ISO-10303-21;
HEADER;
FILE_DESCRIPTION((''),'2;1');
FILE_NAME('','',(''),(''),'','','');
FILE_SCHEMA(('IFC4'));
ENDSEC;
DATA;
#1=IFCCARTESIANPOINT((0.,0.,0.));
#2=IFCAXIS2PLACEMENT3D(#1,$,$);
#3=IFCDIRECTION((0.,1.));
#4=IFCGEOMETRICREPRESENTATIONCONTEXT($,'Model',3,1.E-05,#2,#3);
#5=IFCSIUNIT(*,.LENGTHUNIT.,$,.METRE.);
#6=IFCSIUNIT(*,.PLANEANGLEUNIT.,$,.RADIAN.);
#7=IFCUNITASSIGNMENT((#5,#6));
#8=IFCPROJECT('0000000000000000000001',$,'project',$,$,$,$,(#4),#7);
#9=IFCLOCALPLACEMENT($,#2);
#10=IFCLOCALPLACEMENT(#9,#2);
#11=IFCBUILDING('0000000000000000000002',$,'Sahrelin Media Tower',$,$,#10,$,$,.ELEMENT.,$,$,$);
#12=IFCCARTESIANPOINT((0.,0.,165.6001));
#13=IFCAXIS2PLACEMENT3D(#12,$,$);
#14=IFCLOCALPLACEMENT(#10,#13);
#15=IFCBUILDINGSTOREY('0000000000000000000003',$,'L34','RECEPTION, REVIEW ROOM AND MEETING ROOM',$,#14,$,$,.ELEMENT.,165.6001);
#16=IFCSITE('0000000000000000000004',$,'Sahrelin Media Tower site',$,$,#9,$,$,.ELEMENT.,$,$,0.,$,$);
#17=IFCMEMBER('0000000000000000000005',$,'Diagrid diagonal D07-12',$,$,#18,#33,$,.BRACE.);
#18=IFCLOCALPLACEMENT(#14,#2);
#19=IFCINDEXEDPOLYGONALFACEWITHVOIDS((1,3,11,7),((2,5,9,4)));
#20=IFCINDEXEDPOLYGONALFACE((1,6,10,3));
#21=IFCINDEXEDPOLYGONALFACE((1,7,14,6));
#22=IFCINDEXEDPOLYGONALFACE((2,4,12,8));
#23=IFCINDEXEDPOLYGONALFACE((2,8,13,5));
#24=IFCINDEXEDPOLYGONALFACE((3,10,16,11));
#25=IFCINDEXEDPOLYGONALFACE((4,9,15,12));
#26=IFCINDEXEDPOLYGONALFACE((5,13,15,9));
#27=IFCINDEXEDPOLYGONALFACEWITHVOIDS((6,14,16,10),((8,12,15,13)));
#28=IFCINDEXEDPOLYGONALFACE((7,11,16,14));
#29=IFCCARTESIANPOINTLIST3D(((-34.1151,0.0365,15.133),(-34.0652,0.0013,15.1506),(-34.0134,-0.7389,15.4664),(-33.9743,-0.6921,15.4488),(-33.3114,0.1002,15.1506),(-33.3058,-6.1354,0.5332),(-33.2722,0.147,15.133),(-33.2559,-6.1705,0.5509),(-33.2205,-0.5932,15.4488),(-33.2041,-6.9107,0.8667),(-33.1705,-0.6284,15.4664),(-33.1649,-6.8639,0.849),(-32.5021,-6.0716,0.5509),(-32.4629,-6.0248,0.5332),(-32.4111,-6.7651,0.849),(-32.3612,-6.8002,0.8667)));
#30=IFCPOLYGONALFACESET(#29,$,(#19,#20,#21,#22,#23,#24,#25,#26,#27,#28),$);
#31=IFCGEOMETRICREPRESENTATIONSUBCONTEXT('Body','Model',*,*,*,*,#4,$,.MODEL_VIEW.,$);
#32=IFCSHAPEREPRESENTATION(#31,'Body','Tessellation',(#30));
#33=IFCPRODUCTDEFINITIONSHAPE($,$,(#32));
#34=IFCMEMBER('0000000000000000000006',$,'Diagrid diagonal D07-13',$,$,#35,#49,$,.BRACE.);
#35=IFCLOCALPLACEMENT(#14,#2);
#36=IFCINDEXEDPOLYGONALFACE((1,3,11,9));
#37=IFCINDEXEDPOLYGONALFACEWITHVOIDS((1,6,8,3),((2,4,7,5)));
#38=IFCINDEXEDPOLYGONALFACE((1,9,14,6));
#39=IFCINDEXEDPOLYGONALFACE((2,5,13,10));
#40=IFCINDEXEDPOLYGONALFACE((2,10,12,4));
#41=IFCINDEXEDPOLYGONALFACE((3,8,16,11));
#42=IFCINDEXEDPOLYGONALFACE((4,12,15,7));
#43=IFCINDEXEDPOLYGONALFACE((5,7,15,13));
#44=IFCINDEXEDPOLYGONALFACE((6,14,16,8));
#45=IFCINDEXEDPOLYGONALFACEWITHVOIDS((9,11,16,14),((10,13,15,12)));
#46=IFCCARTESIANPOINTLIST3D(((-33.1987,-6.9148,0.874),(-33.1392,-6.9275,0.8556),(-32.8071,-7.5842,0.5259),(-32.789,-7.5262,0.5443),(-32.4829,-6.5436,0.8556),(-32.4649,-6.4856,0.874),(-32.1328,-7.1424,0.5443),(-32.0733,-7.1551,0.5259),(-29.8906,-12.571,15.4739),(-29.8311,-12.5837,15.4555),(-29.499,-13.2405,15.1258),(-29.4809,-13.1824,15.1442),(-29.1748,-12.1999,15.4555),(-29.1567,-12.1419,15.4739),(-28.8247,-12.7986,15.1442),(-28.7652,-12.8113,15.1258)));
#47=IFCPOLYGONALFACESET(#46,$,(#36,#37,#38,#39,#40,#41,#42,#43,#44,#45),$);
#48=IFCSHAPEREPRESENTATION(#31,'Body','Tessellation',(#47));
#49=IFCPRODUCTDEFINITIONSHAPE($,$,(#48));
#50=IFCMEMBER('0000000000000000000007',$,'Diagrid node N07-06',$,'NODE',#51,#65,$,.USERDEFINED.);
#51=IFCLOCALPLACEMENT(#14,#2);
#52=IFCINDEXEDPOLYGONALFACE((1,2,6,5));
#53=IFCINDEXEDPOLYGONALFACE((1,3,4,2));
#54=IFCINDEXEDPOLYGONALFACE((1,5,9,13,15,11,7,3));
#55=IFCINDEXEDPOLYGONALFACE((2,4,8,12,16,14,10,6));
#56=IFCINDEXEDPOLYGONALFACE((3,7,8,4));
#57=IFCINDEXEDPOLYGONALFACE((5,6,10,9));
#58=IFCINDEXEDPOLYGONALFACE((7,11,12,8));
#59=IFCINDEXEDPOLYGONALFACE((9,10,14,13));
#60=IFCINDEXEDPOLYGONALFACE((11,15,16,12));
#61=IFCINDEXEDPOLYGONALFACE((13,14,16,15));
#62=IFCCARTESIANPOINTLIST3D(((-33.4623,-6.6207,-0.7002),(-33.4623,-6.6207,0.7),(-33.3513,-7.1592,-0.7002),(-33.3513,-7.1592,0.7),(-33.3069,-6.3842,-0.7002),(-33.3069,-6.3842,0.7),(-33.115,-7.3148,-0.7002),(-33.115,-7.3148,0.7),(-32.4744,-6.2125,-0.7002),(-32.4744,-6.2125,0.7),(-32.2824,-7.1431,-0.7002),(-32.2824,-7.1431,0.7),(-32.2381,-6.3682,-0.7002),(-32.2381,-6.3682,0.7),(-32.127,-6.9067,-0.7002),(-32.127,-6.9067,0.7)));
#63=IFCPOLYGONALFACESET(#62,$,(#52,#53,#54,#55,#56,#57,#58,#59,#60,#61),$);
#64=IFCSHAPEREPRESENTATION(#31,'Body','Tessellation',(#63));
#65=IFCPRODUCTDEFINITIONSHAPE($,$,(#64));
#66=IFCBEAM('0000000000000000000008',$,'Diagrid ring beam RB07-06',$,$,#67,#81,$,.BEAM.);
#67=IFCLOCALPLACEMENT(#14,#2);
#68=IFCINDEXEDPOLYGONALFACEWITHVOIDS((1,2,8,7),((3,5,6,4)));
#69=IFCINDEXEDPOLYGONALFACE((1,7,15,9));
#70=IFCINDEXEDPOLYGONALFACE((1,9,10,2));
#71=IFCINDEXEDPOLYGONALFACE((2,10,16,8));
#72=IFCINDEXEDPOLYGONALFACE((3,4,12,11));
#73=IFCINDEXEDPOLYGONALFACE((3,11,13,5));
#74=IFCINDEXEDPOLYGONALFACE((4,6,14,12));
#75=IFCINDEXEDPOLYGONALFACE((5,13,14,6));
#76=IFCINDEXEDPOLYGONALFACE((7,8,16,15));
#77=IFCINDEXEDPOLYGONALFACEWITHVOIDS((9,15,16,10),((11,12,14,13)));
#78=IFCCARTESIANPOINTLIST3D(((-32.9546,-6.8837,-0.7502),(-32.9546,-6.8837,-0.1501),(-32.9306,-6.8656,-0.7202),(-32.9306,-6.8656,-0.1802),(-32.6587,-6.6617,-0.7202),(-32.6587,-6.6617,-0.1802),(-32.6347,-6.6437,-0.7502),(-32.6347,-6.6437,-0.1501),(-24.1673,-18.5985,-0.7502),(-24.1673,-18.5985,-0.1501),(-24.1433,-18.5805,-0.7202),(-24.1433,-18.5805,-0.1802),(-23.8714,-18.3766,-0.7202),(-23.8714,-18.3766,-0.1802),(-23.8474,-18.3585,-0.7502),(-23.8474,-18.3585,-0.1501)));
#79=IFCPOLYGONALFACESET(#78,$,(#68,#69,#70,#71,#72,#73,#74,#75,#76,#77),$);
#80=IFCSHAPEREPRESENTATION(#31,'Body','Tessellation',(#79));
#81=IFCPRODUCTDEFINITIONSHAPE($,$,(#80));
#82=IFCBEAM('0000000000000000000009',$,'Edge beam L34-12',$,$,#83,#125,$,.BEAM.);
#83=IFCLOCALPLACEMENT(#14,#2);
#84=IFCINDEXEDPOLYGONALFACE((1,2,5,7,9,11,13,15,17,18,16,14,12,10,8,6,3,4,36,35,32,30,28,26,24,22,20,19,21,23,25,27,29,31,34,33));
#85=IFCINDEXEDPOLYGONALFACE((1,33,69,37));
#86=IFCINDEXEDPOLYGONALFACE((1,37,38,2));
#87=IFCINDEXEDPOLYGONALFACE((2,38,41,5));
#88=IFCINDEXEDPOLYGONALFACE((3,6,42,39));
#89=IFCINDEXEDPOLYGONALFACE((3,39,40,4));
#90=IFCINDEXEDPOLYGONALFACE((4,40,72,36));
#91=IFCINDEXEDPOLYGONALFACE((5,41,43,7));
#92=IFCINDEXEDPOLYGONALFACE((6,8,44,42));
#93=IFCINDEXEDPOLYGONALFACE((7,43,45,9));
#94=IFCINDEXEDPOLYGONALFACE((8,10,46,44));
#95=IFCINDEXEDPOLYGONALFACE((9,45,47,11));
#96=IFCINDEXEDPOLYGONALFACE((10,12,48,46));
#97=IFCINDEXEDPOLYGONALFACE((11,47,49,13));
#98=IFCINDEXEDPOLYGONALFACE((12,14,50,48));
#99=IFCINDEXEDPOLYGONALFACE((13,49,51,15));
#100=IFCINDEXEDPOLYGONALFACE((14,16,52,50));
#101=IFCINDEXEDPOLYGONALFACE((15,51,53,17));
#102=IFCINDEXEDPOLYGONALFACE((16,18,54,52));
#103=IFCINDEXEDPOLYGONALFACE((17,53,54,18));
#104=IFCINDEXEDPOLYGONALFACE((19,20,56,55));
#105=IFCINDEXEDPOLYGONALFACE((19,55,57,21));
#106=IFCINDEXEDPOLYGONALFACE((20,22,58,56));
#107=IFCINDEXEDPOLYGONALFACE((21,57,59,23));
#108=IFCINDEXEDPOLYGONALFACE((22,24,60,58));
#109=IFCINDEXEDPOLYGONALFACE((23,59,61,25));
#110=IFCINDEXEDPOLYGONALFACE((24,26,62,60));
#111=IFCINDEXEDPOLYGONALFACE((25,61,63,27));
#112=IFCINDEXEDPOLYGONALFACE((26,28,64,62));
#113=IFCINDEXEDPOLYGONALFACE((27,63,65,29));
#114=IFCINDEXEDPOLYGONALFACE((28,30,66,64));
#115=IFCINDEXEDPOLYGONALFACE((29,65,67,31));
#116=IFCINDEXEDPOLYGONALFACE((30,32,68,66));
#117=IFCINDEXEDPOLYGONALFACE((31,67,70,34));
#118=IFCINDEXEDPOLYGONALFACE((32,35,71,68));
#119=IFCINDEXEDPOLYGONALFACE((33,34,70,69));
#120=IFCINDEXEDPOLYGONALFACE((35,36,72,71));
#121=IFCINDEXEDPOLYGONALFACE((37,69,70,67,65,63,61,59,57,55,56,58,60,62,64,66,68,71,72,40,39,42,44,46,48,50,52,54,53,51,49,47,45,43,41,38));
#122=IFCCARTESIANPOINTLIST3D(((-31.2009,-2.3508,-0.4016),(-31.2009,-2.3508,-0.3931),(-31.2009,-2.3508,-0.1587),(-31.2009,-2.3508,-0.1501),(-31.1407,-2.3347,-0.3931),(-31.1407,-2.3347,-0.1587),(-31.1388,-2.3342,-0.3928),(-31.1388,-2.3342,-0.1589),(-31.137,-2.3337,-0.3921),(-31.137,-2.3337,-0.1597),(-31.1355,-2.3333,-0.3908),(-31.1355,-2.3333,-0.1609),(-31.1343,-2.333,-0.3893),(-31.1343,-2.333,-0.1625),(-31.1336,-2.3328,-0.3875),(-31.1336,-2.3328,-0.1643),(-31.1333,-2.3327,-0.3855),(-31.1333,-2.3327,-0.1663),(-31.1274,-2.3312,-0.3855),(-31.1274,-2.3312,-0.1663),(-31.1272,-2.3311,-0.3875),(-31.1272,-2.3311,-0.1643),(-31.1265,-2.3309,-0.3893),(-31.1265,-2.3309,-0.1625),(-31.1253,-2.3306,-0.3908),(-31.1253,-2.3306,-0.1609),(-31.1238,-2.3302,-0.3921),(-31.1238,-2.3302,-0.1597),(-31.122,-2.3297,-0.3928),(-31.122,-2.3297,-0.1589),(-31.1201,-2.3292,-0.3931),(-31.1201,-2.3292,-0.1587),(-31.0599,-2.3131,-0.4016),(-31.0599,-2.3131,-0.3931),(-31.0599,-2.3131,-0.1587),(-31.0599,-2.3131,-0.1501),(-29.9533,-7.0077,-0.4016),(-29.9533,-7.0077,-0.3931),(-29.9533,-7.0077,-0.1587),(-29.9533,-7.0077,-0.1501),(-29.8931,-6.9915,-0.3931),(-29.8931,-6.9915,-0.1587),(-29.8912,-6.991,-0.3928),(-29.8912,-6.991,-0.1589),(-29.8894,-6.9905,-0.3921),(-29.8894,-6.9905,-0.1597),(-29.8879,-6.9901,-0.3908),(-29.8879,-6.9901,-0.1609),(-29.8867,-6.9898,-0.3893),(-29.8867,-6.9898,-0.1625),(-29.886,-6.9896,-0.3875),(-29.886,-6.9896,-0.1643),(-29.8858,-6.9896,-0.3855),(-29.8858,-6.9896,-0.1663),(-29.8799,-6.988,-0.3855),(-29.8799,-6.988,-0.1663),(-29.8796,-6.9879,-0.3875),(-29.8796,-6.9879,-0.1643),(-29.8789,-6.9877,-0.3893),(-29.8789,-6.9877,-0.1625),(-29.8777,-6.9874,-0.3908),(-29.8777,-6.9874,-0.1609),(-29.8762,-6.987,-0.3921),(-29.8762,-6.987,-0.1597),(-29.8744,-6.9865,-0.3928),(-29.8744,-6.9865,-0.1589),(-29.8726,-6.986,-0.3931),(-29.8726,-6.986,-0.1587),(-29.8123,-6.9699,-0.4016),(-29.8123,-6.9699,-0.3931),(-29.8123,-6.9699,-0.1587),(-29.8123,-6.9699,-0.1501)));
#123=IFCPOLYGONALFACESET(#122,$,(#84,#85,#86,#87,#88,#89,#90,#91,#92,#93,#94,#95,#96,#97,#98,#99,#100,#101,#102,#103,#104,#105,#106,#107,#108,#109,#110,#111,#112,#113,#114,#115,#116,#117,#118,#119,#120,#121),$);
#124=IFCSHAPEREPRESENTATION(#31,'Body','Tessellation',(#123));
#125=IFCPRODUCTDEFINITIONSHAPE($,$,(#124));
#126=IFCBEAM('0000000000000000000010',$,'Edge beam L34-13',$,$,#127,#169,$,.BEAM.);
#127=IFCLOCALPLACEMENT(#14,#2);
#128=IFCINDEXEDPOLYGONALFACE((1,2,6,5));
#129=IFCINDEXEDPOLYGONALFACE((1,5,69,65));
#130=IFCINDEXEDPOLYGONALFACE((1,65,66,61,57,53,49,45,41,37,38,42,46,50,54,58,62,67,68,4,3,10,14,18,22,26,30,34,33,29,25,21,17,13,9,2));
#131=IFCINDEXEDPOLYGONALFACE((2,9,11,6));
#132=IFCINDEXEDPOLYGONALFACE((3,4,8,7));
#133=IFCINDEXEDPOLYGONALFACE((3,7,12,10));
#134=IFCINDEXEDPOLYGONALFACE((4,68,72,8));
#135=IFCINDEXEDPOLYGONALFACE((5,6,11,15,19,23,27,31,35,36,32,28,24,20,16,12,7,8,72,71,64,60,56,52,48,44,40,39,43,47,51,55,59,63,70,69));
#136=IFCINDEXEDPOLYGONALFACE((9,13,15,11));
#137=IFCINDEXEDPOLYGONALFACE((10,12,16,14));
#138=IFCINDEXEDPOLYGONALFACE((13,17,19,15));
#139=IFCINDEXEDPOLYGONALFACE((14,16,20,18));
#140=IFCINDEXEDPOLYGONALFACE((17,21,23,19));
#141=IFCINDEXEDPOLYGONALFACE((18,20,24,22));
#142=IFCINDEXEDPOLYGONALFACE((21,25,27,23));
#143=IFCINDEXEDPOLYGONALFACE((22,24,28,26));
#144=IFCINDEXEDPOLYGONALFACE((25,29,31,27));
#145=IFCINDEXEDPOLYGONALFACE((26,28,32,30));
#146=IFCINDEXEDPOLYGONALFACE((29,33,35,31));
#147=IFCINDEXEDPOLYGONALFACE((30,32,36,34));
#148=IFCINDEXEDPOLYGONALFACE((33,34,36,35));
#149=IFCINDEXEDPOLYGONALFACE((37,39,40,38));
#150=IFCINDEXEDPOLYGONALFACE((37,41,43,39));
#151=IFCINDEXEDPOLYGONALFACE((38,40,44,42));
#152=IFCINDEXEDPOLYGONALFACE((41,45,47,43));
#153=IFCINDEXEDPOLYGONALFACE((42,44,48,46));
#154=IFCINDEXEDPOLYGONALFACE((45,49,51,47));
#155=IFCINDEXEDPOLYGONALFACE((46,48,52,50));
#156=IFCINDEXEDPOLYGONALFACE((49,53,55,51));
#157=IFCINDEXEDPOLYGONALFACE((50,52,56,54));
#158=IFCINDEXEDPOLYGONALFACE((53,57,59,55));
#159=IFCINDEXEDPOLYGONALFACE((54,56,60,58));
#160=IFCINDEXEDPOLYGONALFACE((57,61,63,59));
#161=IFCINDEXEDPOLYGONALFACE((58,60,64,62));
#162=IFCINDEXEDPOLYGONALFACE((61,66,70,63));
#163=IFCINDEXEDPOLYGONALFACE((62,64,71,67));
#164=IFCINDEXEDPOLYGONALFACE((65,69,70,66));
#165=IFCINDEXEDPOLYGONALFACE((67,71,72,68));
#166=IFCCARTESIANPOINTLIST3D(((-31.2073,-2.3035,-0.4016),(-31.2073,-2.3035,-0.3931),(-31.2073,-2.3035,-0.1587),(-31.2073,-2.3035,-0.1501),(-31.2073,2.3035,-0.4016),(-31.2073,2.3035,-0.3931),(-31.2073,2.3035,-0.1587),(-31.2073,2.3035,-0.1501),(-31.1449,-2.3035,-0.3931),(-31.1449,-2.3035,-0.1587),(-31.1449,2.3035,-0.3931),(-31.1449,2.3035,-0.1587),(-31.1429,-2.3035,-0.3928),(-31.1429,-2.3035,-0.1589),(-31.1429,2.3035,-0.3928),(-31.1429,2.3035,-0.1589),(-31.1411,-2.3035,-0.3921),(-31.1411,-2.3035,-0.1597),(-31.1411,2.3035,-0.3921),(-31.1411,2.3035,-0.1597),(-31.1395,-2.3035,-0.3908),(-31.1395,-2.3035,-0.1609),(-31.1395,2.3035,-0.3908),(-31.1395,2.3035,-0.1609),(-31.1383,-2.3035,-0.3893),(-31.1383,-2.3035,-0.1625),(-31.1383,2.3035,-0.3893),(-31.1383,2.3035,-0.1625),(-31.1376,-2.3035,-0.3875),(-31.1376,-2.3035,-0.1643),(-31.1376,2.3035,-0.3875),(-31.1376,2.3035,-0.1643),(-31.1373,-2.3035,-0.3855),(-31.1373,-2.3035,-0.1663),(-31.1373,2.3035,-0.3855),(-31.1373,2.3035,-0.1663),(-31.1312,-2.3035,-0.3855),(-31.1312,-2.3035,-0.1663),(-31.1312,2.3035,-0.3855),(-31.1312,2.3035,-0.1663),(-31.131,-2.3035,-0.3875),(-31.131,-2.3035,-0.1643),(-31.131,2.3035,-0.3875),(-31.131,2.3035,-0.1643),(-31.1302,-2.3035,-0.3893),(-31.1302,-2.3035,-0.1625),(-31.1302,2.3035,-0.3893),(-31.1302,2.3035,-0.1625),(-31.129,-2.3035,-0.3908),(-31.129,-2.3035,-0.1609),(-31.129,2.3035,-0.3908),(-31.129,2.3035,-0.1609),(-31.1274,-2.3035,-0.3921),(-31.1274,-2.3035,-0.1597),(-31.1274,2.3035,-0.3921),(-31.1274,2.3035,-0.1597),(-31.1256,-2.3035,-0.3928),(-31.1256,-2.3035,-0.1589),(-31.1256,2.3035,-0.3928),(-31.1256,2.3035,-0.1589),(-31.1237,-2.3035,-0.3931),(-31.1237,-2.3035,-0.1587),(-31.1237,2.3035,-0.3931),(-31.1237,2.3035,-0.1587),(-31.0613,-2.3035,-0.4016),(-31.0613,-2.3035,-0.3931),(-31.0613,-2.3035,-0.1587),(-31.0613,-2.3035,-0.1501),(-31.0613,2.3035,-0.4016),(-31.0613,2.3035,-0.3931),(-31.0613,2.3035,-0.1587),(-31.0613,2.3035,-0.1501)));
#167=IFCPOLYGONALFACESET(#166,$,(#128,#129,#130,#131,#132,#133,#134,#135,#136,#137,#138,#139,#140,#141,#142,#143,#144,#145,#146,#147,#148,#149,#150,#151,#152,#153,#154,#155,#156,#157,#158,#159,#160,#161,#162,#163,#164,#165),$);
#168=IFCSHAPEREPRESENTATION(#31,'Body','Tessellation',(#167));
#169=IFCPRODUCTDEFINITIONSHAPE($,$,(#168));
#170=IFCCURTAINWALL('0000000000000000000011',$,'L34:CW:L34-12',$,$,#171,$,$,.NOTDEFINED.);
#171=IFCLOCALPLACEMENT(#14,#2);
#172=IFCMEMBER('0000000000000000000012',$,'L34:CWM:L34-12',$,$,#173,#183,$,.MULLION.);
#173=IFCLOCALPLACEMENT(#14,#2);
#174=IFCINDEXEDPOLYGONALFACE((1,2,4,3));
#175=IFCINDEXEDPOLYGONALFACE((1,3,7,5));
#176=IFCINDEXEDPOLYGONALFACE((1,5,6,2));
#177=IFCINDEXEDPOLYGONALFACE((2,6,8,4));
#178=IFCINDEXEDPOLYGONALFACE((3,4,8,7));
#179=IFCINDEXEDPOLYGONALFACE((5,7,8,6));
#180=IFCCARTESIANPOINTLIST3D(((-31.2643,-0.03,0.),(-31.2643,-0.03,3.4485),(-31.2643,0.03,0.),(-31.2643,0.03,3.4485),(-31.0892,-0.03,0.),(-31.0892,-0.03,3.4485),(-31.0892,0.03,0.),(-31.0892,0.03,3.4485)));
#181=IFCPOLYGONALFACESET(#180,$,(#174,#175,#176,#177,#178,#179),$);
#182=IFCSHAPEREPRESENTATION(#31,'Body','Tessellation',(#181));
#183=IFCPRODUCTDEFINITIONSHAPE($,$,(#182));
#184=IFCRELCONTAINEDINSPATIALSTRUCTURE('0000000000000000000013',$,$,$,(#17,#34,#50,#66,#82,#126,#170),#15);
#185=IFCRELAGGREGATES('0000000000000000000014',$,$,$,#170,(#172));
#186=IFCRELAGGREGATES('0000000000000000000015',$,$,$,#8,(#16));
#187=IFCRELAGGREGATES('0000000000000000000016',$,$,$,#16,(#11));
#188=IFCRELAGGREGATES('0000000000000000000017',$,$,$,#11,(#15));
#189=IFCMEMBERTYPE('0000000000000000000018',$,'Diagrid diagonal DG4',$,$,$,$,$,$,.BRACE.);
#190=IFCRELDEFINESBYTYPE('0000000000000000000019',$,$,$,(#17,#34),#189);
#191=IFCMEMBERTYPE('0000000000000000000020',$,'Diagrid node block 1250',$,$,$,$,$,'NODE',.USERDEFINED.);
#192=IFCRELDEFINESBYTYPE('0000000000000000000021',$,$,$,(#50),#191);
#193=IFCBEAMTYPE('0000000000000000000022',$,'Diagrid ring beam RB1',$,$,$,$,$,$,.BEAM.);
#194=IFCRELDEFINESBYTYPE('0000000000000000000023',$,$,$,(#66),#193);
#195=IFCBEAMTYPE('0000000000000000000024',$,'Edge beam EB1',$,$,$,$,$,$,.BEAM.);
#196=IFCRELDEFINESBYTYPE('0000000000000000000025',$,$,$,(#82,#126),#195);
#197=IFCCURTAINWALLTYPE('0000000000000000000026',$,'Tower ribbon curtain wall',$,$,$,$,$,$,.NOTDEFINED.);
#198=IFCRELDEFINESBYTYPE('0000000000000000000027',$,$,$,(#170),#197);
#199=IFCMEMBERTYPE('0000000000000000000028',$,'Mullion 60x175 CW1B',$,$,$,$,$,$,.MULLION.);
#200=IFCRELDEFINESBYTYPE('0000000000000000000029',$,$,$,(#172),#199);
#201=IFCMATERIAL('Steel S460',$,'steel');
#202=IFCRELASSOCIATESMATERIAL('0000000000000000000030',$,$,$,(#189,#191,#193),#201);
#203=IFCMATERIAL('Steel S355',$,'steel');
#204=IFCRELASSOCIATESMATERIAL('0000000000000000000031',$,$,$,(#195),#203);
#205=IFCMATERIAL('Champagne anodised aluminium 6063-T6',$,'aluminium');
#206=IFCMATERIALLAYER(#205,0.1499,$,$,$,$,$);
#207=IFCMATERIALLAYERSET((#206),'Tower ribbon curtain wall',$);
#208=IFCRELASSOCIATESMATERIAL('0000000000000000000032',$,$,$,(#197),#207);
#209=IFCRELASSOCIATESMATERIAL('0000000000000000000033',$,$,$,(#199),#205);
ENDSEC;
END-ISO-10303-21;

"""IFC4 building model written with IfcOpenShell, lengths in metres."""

from ifc_helpers import new_model, si_unit, direction, frame, origin, origin_2d, place, context, subcontext, project, spatial, polyline, rectangle, hollow_rectangle, i_section, outline, extrude, material, layer, layer_set, material_profile, profile_set, type_object, element, aggregate, save


model = new_model("IFC4")

# Units and contexts
model_context = context("Model", 3, precision=1e-05, world=origin(), true_north=direction((0.0, 1.0)))
body_context = subcontext(model_context, "Body", "Model", "MODEL_VIEW")
ifc_project = project(units=[si_unit("LENGTHUNIT", "METRE"), si_unit("PLANEANGLEUNIT", "RADIAN")], contexts=[model_context])

# Site, building, storey
site_placement = place(None, origin())
site = spatial("IfcSite", under=ifc_project, at=site_placement, Name="Sahrelin Media Tower site", CompositionType="ELEMENT", RefElevation=0.0)
building_placement = place(site_placement, origin())
building = spatial("IfcBuilding", under=site, at=building_placement, Name="Sahrelin Media Tower", CompositionType="ELEMENT")
storey_placement = place(building_placement, frame((0.0, 0.0, 165.6001)))
storey = spatial("IfcBuildingStorey", under=building, at=storey_placement, Name="L34", Description="RECEPTION, REVIEW ROOM AND MEETING ROOM", CompositionType="ELEMENT", Elevation=165.6001)

# Members
ifc_material_1 = material(Name="Steel S460", Category="steel")
ifc_material_profile_1 = material_profile(ifc_material_1, hollow_rectangle(XDim=0.8501, YDim=0.8501, WallThickness=0.0449, at=origin_2d()), Name="Diagrid diagonal DG4")
ifc_profile_set_1 = profile_set([ifc_material_profile_1], Name="Steel S460")
member_type_1 = type_object("IfcMemberType", Name="Diagrid diagonal DG4", PredefinedType="BRACE", material=ifc_profile_set_1)
member_1_placement = place(storey_placement, frame((-32.8335, -6.4678, 0.7), z_axis=(-0.050993, 0.388867, 0.919882), x_axis=(-0.991512, -0.130018, 0.0)))
element("IfcMember", 1, at=member_1_placement, inside=storey, type_object=member_type_1, Name="Diagrid diagonal D07-12", PredefinedType="BRACE", context=body_context, shape_type="SweptSolid", body=[
    extrude(hollow_rectangle(XDim=0.8501, YDim=0.8501, WallThickness=0.0449, at=origin_2d()), origin(), (0.0, 0.0, 1.0), 15.8713),
])
member_2_placement = place(storey_placement, frame((-32.636, -7.0349, 0.7), z_axis=(0.206719, -0.353452, 0.912326), x_axis=(0.863205, 0.504853, 0.0)))
element("IfcMember", 2, at=member_2_placement, inside=storey, type_object=member_type_1, Name="Diagrid diagonal D07-13", PredefinedType="BRACE", context=body_context, shape_type="SweptSolid", body=[
    extrude(hollow_rectangle(XDim=0.8501, YDim=0.8501, WallThickness=0.0449, at=origin_2d()), origin(), (0.0, 0.0, 1.0), 16.0029),
])
ifc_material_profile_2 = material_profile(ifc_material_1, outline(polyline([(0.425, -0.4751), (0.625, -0.2749), (0.625, 0.2749), (0.425, 0.4751), (-0.425, 0.4751), (-0.625, 0.2749), (-0.625, -0.2749), (-0.425, -0.4751), (0.425, -0.4751)])), Name="Diagrid node block 1250")
ifc_profile_set_2 = profile_set([ifc_material_profile_2], Name="Steel S460")
member_type_2 = type_object("IfcMemberType", Name="Diagrid node block 1250", ElementType="NODE", PredefinedType="USERDEFINED", material=ifc_profile_set_2)
member_3_placement = place(storey_placement, frame((-32.7947, -6.7637, -0.7002), z_axis=(0.0, 0.0, 1.0), x_axis=(-0.979388, -0.201989, 0.0)))
element("IfcMember", 3, at=member_3_placement, inside=storey, type_object=member_type_2, Name="Diagrid node N07-06", ObjectType="NODE", PredefinedType="USERDEFINED", context=body_context, shape_type="SweptSolid", body=[
    extrude(outline(polyline([(0.425, -0.4751), (0.625, -0.2749), (0.625, 0.2749), (0.425, 0.4751), (-0.425, 0.4751), (-0.625, 0.2749), (-0.625, -0.2749), (-0.425, -0.4751), (0.425, -0.4751)])), origin(), (0.0, 0.0, 1.0), 1.4001),
])

# Beams
ifc_material_profile_3 = material_profile(ifc_material_1, hollow_rectangle(XDim=0.3999, YDim=0.6001, WallThickness=0.03, at=origin_2d()), Name="Diagrid ring beam RB1")
ifc_profile_set_3 = profile_set([ifc_material_profile_3], Name="Steel S460")
beam_type_1 = type_object("IfcBeamType", Name="Diagrid ring beam RB1", PredefinedType="BEAM", material=ifc_profile_set_3)
beam_1_placement = place(storey_placement, frame((-32.7947, -6.7637, -0.4502), z_axis=(0.600053, -0.79996, 0.0), x_axis=(0.79996, 0.600053, 0.0)))
element("IfcBeam", 4, at=beam_1_placement, inside=storey, type_object=beam_type_1, Name="Diagrid ring beam RB07-06", PredefinedType="BEAM", context=body_context, shape_type="SweptSolid", body=[
    extrude(hollow_rectangle(XDim=0.3999, YDim=0.6001, WallThickness=0.03, at=origin_2d()), origin(), (0.0, 0.0, 1.0), 14.6443),
])
ifc_material_2 = material(Name="Steel S355", Category="steel")
ifc_material_profile_4 = material_profile(ifc_material_2, i_section(OverallWidth=0.146, OverallDepth=0.2515, WebThickness=0.0061, FlangeThickness=0.0085, FilletRadius=0.0076, at=origin_2d()), Name="UB 254x146x31")
ifc_profile_set_4 = profile_set([ifc_material_profile_4], Name="Steel S355")
beam_type_2 = type_object("IfcBeamType", Name="Edge beam EB1", PredefinedType="BEAM", material=ifc_profile_set_4)
beam_2_placement = place(storey_placement, frame((-29.8828, -6.9888, -0.2759), z_axis=(-0.258778, 0.965937, 0.0), x_axis=(-0.965937, -0.258778, 0.0)))
element("IfcBeam", 5, at=beam_2_placement, inside=storey, type_object=beam_type_2, Name="Edge beam L34-12", PredefinedType="BEAM", context=body_context, shape_type="SweptSolid", body=[
    extrude(i_section(OverallWidth=0.146, OverallDepth=0.2515, WebThickness=0.0061, FlangeThickness=0.0085, FilletRadius=0.0076, at=origin_2d()), origin(), (0.0, 0.0, 1.0), 4.821),
])
beam_3_placement = place(storey_placement, frame((-31.1343, -2.3035, -0.2759), z_axis=(0.0, 1.0, 0.0), x_axis=(-1.0, 0.0, 0.0)))
element("IfcBeam", 6, at=beam_3_placement, inside=storey, type_object=beam_type_2, Name="Edge beam L34-13", PredefinedType="BEAM", context=body_context, shape_type="SweptSolid", body=[
    extrude(i_section(OverallWidth=0.146, OverallDepth=0.2515, WebThickness=0.0061, FlangeThickness=0.0085, FilletRadius=0.0076, at=origin_2d()), origin(), (0.0, 0.0, 1.0), 4.6069),
])

# Curtain wall, member
ifc_material_3 = material(Name="Champagne anodised aluminium 6063-T6", Category="aluminium")
ifc_layer_1 = layer(ifc_material_3, 0.1499)
ifc_layer_set_1 = layer_set([ifc_layer_1], Name="Tower ribbon curtain wall")
curtain_wall_type = type_object("IfcCurtainWallType", Name="Tower ribbon curtain wall", PredefinedType="NOTDEFINED", material=ifc_layer_set_1)
curtain_wall_1_placement = place(storey_placement, frame((-31.2842, 0.0, 0.0), z_axis=(0.0, 0.0, 1.0), x_axis=(1.0, 0.0, 0.0)))
curtain_wall_1 = element("IfcCurtainWall", 7, at=curtain_wall_1_placement, inside=storey, type_object=curtain_wall_type, Name="L34:CW:L34-12", PredefinedType="NOTDEFINED")
ifc_material_profile_5 = material_profile(ifc_material_3, rectangle(XDim=0.0601, YDim=0.175, at=origin_2d()), Name="Mullion 60x175")
ifc_profile_set_5 = profile_set([ifc_material_profile_5], Name="Champagne anodised aluminium 6063-T6")
member_type_3 = type_object("IfcMemberType", Name="Mullion 60x175 CW1B", PredefinedType="MULLION", material=ifc_profile_set_5)
member_4_placement = place(storey_placement, frame((-31.1768, 0.0, 0.0), z_axis=(0.0, 0.0, 1.0), x_axis=(0.0, -1.0, 0.0)))
member_4 = element("IfcMember", 8, at=member_4_placement, type_object=member_type_3, Name="L34:CWM:L34-12", PredefinedType="MULLION", context=body_context, shape_type="SweptSolid", body=[
    extrude(rectangle(XDim=0.0601, YDim=0.175, at=origin_2d()), origin(), (0.0, 0.0, 1.0), 3.4485),
])
aggregate(curtain_wall_1, [member_4])

save(model, "model.ifc")
